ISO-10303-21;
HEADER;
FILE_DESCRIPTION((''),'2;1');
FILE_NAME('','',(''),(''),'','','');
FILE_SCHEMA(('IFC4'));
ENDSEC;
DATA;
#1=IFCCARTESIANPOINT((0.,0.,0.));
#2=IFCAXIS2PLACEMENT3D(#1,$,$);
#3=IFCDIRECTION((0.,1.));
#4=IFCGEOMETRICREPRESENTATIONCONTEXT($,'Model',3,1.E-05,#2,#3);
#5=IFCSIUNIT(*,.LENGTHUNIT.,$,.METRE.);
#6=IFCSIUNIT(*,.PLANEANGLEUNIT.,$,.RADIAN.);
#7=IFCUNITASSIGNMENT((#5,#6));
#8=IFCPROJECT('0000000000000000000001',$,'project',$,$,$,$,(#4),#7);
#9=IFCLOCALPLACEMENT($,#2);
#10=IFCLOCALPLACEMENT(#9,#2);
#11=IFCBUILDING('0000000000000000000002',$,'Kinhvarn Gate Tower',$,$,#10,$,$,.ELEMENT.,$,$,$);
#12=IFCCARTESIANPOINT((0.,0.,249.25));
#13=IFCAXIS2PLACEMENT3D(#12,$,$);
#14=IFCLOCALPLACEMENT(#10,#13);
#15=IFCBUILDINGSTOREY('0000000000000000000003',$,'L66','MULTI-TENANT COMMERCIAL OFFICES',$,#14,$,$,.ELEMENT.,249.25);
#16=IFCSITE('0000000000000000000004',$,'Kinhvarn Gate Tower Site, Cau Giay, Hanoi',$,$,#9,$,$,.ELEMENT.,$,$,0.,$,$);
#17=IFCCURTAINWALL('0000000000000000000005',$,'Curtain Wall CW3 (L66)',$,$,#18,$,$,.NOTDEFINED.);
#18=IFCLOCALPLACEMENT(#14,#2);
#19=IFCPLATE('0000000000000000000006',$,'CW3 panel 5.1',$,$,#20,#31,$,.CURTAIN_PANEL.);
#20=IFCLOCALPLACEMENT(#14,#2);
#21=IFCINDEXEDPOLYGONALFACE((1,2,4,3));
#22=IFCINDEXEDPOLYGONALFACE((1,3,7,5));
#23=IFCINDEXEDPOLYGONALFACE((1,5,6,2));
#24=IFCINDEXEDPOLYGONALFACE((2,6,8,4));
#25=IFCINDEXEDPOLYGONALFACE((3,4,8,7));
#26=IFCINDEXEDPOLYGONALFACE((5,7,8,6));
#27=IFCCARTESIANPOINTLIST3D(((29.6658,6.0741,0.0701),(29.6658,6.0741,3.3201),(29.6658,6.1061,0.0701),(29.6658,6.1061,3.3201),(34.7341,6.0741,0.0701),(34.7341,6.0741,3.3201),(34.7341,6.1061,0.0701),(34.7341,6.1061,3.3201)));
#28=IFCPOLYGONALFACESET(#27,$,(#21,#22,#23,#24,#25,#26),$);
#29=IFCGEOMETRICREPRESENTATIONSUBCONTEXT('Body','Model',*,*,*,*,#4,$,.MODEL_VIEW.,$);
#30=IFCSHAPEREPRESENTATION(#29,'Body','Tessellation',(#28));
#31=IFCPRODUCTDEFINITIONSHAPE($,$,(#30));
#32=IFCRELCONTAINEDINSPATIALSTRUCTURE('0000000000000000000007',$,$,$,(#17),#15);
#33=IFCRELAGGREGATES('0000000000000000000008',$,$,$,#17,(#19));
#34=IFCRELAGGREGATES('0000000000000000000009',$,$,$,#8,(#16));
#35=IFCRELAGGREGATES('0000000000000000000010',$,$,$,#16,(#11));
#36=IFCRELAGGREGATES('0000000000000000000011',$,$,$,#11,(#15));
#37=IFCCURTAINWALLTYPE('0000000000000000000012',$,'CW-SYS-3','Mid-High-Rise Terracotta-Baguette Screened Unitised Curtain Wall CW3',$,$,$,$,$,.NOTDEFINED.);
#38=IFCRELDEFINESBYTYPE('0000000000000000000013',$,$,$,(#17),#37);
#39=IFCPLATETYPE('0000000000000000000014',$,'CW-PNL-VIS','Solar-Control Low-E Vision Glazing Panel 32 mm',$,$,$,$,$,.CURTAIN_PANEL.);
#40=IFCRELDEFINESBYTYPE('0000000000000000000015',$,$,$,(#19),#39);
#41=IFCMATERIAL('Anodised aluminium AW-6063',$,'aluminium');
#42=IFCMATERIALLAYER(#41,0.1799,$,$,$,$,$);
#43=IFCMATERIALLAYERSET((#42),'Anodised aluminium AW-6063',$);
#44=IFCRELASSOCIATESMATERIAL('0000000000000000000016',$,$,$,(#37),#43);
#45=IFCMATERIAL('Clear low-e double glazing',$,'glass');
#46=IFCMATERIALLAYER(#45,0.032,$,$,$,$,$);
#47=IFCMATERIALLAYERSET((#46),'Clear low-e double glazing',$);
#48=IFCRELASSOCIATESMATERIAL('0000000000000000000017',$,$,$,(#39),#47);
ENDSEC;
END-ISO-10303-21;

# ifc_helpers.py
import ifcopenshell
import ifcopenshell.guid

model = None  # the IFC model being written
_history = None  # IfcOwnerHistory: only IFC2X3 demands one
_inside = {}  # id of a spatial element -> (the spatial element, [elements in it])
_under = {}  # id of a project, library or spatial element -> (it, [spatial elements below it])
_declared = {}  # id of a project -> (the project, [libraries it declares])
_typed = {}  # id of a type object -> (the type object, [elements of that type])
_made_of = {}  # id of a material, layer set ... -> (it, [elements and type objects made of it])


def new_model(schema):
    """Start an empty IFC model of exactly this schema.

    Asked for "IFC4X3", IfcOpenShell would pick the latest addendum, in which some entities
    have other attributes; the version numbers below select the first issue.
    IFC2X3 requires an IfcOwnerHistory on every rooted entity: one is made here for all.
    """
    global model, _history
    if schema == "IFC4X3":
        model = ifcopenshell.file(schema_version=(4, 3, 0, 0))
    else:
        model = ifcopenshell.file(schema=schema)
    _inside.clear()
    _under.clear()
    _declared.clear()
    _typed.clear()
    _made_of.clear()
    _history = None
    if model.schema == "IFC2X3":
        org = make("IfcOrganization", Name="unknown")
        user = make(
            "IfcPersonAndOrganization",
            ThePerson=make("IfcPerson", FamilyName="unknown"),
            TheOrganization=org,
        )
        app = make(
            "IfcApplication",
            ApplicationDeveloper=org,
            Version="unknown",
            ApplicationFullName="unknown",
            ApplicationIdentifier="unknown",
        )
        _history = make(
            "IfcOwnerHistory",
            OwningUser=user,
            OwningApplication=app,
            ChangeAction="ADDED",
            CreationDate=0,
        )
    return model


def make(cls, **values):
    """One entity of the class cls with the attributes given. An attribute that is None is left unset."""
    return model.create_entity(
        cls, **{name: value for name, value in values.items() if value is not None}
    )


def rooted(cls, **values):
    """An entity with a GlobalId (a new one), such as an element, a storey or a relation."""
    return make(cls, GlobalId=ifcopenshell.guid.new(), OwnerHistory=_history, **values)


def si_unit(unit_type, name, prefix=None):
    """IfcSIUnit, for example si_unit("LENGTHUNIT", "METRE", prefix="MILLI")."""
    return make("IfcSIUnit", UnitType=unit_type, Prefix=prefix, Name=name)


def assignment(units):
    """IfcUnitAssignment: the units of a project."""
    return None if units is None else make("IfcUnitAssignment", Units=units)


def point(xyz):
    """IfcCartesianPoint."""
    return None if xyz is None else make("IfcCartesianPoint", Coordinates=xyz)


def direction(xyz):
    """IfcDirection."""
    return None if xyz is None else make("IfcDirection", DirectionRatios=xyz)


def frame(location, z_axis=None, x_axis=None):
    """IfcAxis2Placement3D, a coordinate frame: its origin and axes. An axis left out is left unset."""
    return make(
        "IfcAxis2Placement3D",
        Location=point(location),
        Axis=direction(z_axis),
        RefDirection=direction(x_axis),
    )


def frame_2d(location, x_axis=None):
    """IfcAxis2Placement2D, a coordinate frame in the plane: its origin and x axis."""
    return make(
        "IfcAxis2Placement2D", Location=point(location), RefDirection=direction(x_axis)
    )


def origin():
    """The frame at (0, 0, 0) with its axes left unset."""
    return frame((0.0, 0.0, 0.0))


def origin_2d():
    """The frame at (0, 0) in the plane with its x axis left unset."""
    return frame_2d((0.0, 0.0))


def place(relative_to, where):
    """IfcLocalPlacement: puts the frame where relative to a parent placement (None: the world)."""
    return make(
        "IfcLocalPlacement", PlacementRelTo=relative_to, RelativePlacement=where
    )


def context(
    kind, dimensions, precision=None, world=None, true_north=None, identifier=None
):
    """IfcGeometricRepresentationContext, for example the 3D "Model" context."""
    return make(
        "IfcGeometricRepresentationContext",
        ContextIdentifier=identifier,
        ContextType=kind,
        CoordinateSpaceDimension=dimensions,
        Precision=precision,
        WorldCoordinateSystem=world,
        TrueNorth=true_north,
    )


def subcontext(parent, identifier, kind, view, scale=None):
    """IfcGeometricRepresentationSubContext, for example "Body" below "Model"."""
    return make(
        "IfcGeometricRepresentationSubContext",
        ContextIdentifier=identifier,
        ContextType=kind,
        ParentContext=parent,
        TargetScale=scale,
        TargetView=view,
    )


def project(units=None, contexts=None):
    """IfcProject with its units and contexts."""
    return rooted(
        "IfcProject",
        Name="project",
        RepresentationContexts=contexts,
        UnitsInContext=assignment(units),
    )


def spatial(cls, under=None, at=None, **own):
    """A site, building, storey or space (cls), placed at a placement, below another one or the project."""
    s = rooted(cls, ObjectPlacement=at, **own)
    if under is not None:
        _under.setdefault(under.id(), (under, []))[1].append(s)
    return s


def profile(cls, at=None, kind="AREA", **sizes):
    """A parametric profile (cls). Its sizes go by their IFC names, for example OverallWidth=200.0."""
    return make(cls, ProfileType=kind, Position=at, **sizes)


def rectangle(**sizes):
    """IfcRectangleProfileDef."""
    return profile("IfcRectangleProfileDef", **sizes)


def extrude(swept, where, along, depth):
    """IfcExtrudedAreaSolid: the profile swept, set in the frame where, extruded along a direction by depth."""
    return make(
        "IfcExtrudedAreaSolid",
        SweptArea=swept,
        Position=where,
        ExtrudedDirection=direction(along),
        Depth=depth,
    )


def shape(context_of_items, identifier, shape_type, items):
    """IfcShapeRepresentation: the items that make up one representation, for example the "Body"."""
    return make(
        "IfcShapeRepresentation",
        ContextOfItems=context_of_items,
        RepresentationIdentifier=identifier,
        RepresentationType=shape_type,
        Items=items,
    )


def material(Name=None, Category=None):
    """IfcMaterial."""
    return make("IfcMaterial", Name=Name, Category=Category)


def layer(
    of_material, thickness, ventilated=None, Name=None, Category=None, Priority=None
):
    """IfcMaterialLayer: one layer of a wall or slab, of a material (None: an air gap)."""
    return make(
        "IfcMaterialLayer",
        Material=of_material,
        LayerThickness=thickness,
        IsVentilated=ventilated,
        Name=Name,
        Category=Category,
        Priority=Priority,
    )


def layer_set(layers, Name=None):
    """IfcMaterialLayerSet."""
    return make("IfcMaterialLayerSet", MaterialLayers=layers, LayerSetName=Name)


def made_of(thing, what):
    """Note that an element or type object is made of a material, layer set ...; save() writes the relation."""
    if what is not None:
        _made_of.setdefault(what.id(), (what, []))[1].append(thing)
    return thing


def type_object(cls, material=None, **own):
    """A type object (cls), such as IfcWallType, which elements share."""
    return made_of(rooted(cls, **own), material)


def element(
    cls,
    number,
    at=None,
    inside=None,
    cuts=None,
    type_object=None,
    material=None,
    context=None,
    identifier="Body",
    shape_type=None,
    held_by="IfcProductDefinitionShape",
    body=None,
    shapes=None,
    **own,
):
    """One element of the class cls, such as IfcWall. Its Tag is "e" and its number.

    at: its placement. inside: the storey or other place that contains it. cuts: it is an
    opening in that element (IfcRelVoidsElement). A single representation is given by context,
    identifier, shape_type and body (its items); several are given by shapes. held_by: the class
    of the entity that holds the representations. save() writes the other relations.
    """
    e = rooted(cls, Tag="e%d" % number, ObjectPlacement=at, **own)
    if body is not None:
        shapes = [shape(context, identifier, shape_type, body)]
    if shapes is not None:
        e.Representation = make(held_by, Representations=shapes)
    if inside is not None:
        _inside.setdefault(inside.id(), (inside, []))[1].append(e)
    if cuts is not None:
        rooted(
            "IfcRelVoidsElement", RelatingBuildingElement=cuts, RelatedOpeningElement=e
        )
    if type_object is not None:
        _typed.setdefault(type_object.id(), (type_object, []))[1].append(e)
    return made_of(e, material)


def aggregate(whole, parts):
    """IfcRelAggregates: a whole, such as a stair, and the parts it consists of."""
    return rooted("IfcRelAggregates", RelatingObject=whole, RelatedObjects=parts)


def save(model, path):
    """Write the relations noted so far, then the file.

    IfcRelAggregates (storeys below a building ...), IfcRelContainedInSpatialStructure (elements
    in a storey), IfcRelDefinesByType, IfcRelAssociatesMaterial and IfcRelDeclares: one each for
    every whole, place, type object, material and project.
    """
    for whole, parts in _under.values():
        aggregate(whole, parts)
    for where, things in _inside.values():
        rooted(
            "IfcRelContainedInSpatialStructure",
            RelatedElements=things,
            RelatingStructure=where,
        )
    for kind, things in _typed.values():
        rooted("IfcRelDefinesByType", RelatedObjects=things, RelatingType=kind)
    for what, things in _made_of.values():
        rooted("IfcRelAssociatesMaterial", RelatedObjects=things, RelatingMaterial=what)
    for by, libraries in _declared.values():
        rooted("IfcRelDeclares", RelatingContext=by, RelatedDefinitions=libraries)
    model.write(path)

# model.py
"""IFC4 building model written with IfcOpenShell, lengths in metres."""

from ifc_helpers import new_model, si_unit, direction, frame, origin, origin_2d, place, context, subcontext, project, spatial, rectangle, extrude, material, layer, layer_set, type_object, element, aggregate, save


model = new_model("IFC4")

# Units and contexts
model_context = context("Model", 3, precision=1e-05, world=origin(), true_north=direction((0.0, 1.0)))
body_context = subcontext(model_context, "Body", "Model", "MODEL_VIEW")
ifc_project = project(units=[si_unit("LENGTHUNIT", "METRE"), si_unit("PLANEANGLEUNIT", "RADIAN")], contexts=[model_context])

# Site, building, storey
site_placement = place(None, origin())
site = spatial("IfcSite", under=ifc_project, at=site_placement, Name="Kinhvarn Gate Tower Site, Cau Giay, Hanoi", CompositionType="ELEMENT", RefElevation=0.0)
building_placement = place(site_placement, origin())
building = spatial("IfcBuilding", under=site, at=building_placement, Name="Kinhvarn Gate Tower", CompositionType="ELEMENT")
storey_placement = place(building_placement, frame((0.0, 0.0, 249.25)))
storey = spatial("IfcBuildingStorey", under=building, at=storey_placement, Name="L66", Description="MULTI-TENANT COMMERCIAL OFFICES", CompositionType="ELEMENT", Elevation=249.25)

# Curtain wall
ifc_material_1 = material(Name="Anodised aluminium AW-6063", Category="aluminium")
ifc_layer_1 = layer(ifc_material_1, 0.1799)
ifc_layer_set_1 = layer_set([ifc_layer_1], Name="Anodised aluminium AW-6063")
curtain_wall_type = type_object("IfcCurtainWallType", Name="CW-SYS-3", Description="Mid-High-Rise Terracotta-Baguette Screened Unitised Curtain Wall CW3", PredefinedType="NOTDEFINED", material=ifc_layer_set_1)
curtain_wall_placement = place(storey_placement, origin())
curtain_wall = element("IfcCurtainWall", 1, at=curtain_wall_placement, inside=storey, type_object=curtain_wall_type, Name="Curtain Wall CW3 (L66)", PredefinedType="NOTDEFINED")

# Plate
ifc_material_2 = material(Name="Clear low-e double glazing", Category="glass")
ifc_layer_2 = layer(ifc_material_2, 0.032)
ifc_layer_set_2 = layer_set([ifc_layer_2], Name="Clear low-e double glazing")
plate_type = type_object("IfcPlateType", Name="CW-PNL-VIS", Description="Solar-Control Low-E Vision Glazing Panel 32 mm", PredefinedType="CURTAIN_PANEL", material=ifc_layer_set_2)
plate_1_placement = place(storey_placement, frame((32.2, 6.0901, 0.0701), z_axis=(0.0, 0.0, 1.0), x_axis=(1.0, 0.0, 0.0)))
plate_1 = element("IfcPlate", 2, at=plate_1_placement, type_object=plate_type, Name="CW3 panel 5.1", PredefinedType="CURTAIN_PANEL", context=body_context, shape_type="SweptSolid", body=[
    extrude(rectangle(XDim=5.0684, YDim=0.032, at=origin_2d()), origin(), (0.0, 0.0, 1.0), 3.25),
])
aggregate(curtain_wall, [plate_1])

save(model, "model.ifc")
